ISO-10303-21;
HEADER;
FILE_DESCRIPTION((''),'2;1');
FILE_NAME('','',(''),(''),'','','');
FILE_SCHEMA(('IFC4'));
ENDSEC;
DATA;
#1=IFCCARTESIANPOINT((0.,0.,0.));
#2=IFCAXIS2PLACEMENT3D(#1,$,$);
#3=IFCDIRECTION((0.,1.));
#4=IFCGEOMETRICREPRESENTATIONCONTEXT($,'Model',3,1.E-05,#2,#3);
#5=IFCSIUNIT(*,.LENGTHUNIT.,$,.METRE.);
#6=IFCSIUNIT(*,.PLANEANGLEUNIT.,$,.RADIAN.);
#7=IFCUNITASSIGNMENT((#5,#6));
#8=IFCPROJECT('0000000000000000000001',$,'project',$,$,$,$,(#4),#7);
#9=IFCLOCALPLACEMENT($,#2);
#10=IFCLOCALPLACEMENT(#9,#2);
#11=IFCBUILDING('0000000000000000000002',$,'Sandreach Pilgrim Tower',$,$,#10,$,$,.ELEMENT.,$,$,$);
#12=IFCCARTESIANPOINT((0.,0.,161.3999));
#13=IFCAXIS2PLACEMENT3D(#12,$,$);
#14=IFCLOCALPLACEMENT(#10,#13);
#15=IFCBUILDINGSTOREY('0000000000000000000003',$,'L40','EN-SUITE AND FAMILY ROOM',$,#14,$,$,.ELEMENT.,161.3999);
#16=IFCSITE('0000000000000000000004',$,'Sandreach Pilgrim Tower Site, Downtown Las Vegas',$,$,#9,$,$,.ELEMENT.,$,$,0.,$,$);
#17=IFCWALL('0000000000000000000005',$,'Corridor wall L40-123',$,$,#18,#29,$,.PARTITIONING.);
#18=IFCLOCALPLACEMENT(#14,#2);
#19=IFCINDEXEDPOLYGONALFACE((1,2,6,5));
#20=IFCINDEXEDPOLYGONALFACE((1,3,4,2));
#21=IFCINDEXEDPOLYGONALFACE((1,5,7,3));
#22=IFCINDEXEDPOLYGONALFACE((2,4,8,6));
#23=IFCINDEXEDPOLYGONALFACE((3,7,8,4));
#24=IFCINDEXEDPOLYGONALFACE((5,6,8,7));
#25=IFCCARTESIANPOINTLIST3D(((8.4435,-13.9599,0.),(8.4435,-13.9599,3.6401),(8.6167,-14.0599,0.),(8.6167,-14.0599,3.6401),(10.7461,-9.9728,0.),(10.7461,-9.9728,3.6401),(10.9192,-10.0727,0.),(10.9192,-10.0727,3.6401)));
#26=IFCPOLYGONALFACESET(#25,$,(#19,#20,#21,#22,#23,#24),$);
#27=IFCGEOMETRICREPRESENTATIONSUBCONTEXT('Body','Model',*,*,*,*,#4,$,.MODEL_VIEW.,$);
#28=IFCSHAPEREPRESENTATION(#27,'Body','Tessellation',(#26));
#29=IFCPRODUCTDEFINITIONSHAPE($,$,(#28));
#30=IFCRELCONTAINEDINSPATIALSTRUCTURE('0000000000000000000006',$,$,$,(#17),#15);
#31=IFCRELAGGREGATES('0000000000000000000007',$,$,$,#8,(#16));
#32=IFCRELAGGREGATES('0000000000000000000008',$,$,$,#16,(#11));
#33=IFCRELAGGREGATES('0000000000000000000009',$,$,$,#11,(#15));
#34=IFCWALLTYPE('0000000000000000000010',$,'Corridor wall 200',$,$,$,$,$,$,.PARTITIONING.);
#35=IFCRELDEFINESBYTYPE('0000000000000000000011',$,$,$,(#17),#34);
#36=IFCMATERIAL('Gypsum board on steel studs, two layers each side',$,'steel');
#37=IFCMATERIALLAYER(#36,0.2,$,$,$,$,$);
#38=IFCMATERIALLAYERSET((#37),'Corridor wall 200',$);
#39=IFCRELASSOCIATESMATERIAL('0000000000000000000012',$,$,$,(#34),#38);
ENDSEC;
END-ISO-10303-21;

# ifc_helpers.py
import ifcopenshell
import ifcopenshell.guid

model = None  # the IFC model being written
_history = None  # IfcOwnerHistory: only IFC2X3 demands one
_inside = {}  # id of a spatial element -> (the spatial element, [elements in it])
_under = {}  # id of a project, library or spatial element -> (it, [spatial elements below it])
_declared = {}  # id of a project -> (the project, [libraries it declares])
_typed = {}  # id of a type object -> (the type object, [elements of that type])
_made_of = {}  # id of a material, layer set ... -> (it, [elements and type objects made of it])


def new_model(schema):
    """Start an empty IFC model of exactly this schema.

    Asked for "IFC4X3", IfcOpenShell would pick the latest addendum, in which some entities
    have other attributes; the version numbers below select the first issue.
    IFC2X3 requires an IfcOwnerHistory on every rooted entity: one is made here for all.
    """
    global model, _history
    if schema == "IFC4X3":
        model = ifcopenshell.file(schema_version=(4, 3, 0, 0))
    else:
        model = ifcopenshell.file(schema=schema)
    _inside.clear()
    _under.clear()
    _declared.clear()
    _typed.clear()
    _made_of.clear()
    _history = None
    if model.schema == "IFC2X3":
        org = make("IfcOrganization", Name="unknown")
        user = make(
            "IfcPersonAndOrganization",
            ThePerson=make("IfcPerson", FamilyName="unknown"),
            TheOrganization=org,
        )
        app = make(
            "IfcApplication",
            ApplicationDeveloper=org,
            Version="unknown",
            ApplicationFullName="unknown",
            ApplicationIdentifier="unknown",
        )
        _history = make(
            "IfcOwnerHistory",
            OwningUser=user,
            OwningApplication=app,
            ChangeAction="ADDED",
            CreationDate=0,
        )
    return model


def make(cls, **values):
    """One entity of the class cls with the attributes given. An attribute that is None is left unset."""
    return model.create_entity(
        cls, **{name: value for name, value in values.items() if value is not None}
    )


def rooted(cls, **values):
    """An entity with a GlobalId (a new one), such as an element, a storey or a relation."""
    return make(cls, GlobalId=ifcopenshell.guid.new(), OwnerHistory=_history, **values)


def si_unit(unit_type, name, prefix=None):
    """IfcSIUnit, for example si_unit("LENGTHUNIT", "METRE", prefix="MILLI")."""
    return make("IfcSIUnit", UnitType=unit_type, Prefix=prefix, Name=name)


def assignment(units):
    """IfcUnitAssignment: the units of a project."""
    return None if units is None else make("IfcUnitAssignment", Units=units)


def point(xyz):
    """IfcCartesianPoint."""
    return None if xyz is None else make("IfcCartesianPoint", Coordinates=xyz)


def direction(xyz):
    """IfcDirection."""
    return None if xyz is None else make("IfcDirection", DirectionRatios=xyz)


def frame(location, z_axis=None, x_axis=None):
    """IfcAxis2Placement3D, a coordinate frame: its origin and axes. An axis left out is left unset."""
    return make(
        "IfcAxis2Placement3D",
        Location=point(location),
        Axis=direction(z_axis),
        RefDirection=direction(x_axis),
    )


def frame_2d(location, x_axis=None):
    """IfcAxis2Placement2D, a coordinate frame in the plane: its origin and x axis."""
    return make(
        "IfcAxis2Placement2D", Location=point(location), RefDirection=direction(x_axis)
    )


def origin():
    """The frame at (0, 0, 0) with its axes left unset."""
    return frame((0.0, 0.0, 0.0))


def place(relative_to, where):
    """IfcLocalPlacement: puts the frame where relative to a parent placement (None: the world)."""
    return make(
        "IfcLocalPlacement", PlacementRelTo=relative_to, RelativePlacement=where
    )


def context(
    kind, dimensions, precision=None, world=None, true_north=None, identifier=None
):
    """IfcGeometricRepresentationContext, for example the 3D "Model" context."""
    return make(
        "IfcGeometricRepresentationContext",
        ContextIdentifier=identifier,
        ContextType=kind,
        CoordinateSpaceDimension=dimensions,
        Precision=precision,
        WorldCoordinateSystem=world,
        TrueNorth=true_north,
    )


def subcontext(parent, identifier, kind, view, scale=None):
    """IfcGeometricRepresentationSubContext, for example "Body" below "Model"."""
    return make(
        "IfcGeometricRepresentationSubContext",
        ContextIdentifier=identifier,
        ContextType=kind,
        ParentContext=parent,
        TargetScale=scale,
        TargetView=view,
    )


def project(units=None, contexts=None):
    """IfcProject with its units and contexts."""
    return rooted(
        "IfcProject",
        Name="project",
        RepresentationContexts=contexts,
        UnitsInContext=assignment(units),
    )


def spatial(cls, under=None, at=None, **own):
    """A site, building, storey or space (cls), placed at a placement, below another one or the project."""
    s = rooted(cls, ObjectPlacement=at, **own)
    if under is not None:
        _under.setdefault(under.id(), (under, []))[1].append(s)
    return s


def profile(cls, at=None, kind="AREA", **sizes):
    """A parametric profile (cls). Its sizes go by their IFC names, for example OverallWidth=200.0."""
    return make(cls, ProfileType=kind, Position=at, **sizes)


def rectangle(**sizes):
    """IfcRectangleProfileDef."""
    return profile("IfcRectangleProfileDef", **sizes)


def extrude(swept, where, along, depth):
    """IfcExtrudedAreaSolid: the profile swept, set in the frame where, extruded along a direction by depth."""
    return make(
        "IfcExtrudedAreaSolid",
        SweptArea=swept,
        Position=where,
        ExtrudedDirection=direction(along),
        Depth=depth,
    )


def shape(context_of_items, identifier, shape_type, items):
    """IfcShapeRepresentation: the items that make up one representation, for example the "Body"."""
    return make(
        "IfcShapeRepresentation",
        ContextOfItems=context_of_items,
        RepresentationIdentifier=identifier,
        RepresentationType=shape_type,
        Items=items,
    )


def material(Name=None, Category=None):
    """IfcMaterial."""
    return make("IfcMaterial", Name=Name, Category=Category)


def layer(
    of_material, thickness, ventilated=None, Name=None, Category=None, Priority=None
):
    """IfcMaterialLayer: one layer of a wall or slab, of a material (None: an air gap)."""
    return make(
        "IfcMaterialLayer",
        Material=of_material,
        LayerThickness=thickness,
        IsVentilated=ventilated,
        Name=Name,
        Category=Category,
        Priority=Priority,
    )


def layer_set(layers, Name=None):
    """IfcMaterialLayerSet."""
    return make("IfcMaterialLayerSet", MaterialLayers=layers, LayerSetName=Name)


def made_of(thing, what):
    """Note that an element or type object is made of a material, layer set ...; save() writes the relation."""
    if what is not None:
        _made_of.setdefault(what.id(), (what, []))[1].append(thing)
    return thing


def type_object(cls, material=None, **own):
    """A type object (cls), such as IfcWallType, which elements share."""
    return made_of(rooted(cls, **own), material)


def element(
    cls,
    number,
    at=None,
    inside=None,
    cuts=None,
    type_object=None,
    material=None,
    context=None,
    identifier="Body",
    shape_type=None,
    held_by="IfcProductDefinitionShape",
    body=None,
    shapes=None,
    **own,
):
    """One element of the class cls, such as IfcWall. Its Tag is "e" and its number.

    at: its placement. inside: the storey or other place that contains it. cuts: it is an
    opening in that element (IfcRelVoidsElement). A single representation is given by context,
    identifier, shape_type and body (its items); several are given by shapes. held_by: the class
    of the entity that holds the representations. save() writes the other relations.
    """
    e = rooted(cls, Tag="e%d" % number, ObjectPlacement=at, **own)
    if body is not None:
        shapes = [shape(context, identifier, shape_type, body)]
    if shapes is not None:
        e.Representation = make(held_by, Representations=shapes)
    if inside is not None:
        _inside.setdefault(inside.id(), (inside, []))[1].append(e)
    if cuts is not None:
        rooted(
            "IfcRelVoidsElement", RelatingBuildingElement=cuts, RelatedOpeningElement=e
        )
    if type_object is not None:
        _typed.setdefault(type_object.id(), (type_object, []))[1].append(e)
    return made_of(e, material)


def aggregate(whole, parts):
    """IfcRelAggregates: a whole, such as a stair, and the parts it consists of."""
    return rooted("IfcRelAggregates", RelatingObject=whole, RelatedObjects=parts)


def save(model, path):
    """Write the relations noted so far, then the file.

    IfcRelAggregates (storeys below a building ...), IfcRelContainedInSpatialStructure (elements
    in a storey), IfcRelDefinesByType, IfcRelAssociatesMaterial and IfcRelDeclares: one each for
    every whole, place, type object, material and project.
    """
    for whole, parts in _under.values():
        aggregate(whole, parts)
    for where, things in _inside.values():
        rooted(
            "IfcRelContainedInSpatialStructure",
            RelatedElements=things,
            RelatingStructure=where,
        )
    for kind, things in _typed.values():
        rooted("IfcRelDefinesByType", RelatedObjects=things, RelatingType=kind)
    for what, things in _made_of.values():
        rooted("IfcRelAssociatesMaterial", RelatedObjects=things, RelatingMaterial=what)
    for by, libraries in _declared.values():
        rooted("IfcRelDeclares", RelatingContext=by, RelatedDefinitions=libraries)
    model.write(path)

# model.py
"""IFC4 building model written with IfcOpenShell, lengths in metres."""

from ifc_helpers import new_model, si_unit, direction, frame, frame_2d, origin, place, context, subcontext, project, spatial, rectangle, extrude, material, layer, layer_set, type_object, element, save


model = new_model("IFC4")

# Units and contexts
model_context = context("Model", 3, precision=1e-05, world=origin(), true_north=direction((0.0, 1.0)))
body_context = subcontext(model_context, "Body", "Model", "MODEL_VIEW")
ifc_project = project(units=[si_unit("LENGTHUNIT", "METRE"), si_unit("PLANEANGLEUNIT", "RADIAN")], contexts=[model_context])

# Site, building, storey
site_placement = place(None, origin())
site = spatial("IfcSite", under=ifc_project, at=site_placement, Name="Sandreach Pilgrim Tower Site, Downtown Las Vegas", CompositionType="ELEMENT", RefElevation=0.0)
building_placement = place(site_placement, origin())
building = spatial("IfcBuilding", under=site, at=building_placement, Name="Sandreach Pilgrim Tower", CompositionType="ELEMENT")
storey_placement = place(building_placement, frame((0.0, 0.0, 161.3999)))
storey = spatial("IfcBuildingStorey", under=building, at=storey_placement, Name="L40", Description="EN-SUITE AND FAMILY ROOM", CompositionType="ELEMENT", Elevation=161.3999)

# Shared definitions
ifc_material_1 = material(Name="Gypsum board on steel studs, two layers each side", Category="steel")
ifc_layer_1 = layer(ifc_material_1, 0.2)
ifc_layer_set_1 = layer_set([ifc_layer_1], Name="Corridor wall 200")
wall_type_1 = type_object("IfcWallType", Name="Corridor wall 200", PredefinedType="PARTITIONING", material=ifc_layer_set_1)

# Wall
wall_1_placement = place(storey_placement, frame((8.53, -14.01, 0.0), z_axis=(0.0, 0.0, 1.0), x_axis=(0.500091, 0.865973, 0.0)))
element("IfcWall", 1, at=wall_1_placement, inside=storey, type_object=wall_type_1, Name="Corridor wall L40-123", PredefinedType="PARTITIONING", context=body_context, shape_type="SweptSolid", body=[
    extrude(rectangle(XDim=4.6042, YDim=0.2, at=frame_2d((2.3022, 0.0))), origin(), (0.0, 0.0, 1.0), 3.6401),
])

save(model, "model.ifc")
